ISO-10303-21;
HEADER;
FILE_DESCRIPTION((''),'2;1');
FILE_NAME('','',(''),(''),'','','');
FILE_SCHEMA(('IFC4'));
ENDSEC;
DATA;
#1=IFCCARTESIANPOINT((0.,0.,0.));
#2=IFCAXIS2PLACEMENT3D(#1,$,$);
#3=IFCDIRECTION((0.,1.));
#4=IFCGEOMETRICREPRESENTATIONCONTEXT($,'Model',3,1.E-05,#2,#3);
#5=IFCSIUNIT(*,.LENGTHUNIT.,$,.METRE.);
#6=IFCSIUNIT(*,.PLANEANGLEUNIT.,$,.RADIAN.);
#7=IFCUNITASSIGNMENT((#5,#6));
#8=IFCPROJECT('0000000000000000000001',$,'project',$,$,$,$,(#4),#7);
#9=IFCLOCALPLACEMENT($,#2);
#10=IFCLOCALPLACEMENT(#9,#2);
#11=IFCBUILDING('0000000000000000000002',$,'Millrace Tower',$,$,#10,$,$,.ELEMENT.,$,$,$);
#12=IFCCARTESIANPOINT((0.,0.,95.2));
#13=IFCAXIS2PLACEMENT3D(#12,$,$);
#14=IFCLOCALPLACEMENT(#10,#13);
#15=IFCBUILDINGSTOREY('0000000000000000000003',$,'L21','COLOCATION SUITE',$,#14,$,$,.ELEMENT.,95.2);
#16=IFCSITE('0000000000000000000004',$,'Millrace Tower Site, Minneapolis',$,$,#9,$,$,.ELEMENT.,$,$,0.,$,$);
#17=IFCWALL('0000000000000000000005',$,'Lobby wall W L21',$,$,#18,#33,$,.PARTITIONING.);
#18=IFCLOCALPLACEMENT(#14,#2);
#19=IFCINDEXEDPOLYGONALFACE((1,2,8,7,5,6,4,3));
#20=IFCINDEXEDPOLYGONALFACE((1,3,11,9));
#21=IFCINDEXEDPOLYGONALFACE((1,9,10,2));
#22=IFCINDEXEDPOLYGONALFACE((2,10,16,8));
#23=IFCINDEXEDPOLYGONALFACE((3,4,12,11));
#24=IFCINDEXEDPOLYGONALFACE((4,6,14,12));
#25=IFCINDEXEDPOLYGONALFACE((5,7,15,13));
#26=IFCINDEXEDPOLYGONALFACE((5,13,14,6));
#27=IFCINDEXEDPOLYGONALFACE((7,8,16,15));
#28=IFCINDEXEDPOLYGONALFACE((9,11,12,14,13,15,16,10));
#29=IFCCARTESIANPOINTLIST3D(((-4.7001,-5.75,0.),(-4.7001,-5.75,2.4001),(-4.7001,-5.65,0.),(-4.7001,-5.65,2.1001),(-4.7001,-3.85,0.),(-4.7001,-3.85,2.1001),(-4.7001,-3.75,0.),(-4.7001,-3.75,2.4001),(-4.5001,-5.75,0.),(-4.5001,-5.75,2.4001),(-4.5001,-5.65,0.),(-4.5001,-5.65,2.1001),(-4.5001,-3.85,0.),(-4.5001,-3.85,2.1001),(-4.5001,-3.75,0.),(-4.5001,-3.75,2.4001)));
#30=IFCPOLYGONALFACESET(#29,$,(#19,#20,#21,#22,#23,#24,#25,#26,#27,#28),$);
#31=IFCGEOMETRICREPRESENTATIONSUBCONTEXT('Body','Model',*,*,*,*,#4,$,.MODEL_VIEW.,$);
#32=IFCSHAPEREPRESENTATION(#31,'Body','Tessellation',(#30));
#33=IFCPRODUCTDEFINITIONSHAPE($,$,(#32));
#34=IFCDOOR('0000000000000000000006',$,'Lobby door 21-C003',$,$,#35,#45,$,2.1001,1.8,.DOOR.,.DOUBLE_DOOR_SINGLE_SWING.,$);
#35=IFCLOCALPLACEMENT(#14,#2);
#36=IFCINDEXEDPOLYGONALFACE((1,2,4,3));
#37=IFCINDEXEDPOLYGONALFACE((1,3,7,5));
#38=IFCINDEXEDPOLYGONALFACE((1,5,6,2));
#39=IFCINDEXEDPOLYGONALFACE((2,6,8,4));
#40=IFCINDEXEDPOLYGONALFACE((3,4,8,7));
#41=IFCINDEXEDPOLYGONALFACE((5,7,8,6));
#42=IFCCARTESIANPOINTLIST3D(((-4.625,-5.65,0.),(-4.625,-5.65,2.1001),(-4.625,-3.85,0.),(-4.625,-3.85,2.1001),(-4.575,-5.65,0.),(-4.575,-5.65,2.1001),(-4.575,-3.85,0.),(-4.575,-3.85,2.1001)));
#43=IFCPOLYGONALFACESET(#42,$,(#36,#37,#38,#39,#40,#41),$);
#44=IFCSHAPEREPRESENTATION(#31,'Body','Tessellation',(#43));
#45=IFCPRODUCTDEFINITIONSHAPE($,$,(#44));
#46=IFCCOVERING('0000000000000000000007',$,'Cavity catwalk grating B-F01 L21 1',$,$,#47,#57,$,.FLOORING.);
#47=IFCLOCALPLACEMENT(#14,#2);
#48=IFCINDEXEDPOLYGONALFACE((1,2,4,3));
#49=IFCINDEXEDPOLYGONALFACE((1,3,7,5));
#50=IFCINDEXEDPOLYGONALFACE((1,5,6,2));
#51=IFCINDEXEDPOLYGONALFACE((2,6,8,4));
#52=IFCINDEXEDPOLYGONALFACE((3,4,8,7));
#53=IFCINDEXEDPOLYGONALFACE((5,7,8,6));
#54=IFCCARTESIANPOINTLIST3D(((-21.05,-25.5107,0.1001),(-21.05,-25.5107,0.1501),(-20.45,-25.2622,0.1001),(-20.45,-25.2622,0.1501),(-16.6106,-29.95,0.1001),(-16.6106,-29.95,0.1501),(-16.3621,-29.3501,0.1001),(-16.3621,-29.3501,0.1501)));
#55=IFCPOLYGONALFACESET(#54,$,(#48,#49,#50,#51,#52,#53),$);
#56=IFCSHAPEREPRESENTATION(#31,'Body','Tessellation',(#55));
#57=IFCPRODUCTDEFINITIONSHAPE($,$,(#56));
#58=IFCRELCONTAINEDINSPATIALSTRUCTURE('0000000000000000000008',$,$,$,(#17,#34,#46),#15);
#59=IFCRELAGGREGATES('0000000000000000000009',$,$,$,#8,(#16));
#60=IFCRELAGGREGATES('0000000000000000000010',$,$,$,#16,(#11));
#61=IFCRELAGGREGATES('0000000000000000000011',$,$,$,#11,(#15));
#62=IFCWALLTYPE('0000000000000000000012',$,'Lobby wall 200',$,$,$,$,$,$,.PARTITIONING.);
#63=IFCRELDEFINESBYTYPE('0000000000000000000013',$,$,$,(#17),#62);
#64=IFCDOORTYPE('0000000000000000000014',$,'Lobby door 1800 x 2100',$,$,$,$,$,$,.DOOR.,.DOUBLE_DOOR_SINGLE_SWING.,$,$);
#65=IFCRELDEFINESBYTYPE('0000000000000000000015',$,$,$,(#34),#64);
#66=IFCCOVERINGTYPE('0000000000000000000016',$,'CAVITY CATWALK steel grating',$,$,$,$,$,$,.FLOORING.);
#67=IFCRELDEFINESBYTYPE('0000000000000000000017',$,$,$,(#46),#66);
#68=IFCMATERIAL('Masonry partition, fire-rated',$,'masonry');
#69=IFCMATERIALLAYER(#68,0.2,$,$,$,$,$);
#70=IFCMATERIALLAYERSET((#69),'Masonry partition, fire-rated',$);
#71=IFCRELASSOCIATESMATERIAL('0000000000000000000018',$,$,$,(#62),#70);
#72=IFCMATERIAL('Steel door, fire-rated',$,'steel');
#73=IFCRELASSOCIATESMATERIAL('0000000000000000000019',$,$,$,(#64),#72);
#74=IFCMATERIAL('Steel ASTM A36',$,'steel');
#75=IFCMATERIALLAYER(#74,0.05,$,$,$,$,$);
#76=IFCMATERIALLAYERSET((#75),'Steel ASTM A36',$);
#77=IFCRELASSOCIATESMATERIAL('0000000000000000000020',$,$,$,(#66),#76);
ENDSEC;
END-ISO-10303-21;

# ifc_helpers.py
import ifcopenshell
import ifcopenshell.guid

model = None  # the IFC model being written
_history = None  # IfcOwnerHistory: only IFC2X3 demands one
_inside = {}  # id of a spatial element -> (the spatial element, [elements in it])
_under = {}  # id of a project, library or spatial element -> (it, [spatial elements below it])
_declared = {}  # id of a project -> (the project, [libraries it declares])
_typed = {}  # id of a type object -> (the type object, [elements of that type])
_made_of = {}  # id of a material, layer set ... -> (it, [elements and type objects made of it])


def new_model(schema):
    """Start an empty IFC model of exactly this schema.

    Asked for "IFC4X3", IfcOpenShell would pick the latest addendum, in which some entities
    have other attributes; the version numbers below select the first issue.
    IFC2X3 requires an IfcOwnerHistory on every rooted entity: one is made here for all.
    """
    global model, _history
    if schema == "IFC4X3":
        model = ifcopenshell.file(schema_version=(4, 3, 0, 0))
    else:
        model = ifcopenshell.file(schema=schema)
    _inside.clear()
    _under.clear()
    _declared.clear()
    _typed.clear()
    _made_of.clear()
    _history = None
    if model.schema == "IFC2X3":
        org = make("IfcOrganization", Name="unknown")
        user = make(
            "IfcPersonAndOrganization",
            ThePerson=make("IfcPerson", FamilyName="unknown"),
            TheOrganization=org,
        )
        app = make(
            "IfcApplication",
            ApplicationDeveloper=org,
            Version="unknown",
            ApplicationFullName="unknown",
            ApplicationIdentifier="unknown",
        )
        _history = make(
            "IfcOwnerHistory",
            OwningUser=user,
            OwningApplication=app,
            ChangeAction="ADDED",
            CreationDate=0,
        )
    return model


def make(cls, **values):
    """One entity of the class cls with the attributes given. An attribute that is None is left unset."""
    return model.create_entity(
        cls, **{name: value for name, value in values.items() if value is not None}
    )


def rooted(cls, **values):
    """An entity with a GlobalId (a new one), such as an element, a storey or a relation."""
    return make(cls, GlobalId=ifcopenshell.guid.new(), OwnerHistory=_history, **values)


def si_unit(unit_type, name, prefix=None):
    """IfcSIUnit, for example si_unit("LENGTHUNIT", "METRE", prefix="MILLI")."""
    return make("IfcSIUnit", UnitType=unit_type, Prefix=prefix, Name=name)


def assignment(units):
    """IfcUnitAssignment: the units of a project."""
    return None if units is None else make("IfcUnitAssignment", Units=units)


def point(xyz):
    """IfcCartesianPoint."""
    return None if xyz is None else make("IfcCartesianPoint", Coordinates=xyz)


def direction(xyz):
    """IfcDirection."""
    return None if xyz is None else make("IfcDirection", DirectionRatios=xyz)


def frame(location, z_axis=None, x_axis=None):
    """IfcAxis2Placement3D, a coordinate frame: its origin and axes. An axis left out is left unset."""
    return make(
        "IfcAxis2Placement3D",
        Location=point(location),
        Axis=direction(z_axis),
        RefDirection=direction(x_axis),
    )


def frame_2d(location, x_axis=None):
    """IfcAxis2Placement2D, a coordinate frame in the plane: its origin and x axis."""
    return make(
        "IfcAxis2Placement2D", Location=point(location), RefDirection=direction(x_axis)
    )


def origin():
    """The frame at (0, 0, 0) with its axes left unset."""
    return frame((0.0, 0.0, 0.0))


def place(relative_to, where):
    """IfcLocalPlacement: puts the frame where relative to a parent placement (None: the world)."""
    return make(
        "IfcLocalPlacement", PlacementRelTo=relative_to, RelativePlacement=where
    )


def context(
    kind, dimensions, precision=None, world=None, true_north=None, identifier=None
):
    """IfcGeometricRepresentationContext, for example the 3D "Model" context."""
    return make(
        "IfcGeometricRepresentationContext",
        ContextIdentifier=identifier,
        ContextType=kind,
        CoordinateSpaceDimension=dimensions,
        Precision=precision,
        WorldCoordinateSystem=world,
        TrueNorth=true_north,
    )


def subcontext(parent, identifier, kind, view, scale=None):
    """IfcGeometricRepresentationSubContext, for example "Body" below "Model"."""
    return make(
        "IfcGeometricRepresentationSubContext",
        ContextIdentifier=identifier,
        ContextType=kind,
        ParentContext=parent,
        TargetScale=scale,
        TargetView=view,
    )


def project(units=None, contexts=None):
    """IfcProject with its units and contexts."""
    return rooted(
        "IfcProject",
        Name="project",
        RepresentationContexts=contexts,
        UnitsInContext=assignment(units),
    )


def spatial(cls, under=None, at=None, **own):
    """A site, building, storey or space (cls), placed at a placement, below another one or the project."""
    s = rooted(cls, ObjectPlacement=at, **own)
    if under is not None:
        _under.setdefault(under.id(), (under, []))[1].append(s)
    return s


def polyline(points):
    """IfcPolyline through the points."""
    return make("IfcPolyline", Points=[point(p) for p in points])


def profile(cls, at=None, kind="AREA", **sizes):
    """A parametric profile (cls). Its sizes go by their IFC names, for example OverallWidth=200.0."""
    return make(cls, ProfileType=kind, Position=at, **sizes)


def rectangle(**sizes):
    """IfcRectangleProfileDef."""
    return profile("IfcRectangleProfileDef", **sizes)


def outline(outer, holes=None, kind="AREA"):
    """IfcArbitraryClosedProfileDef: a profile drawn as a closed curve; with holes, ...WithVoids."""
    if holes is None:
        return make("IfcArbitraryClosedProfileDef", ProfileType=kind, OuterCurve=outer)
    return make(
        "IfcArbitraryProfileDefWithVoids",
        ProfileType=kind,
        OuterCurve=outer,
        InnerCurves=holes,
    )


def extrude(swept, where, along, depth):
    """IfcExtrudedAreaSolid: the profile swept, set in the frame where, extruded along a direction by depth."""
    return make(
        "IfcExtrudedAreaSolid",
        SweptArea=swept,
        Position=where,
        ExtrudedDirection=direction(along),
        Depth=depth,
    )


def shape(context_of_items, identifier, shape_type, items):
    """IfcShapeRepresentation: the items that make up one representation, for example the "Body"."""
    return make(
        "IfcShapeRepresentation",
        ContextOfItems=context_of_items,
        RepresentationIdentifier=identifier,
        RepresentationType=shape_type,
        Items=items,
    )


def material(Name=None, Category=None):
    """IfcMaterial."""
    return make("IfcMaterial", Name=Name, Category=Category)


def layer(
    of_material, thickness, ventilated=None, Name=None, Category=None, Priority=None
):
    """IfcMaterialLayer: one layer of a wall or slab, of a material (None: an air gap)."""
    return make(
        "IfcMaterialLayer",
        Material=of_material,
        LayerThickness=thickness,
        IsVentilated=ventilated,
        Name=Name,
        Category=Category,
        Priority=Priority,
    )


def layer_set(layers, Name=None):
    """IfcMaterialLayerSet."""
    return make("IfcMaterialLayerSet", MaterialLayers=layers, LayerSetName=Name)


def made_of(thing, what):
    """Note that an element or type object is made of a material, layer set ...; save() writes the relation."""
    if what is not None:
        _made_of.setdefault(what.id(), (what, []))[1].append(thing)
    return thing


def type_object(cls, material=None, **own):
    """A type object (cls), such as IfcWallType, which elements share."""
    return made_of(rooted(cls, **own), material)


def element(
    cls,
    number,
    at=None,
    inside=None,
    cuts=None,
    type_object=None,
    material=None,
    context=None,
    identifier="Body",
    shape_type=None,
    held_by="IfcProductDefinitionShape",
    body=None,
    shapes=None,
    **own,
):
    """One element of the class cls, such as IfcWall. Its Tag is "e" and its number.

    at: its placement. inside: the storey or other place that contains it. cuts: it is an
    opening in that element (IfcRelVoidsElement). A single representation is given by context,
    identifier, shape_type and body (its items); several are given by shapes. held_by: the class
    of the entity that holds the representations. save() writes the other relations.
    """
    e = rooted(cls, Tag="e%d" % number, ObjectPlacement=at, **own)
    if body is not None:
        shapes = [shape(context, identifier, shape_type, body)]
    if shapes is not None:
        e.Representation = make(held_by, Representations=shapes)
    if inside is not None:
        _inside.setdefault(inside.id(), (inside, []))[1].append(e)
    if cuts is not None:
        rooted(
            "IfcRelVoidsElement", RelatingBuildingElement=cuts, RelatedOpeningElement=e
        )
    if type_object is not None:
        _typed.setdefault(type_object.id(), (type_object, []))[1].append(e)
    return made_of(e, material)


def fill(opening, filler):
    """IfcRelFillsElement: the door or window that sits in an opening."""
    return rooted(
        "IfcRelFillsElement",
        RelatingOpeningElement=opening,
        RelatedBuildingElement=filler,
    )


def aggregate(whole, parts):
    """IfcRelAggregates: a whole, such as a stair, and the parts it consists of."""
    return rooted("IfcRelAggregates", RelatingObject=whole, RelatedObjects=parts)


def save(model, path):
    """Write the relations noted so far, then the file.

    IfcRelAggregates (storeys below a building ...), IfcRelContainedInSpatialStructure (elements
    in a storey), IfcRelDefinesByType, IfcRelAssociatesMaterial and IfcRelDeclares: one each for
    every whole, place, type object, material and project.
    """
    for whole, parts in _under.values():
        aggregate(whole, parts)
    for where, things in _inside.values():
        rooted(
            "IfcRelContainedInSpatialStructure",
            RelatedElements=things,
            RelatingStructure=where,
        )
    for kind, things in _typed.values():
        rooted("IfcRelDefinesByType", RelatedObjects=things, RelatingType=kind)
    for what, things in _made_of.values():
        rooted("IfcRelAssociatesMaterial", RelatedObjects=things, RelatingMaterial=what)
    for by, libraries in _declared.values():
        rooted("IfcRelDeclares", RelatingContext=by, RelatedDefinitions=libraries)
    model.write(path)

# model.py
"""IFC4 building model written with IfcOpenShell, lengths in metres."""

from ifc_helpers import new_model, si_unit, direction, frame, frame_2d, origin, place, context, subcontext, project, spatial, polyline, rectangle, outline, extrude, material, layer, layer_set, type_object, element, fill, save


model = new_model("IFC4")

# Units and contexts
model_context = context("Model", 3, precision=1e-05, world=origin(), true_north=direction((0.0, 1.0)))
body_context = subcontext(model_context, "Body", "Model", "MODEL_VIEW")
ifc_project = project(units=[si_unit("LENGTHUNIT", "METRE"), si_unit("PLANEANGLEUNIT", "RADIAN")], contexts=[model_context])

# Site, building, storey
site_placement = place(None, origin())
site = spatial("IfcSite", under=ifc_project, at=site_placement, Name="Millrace Tower Site, Minneapolis", CompositionType="ELEMENT", RefElevation=0.0)
building_placement = place(site_placement, origin())
building = spatial("IfcBuilding", under=site, at=building_placement, Name="Millrace Tower", CompositionType="ELEMENT")
storey_placement = place(building_placement, frame((0.0, 0.0, 95.2)))
storey = spatial("IfcBuildingStorey", under=building, at=storey_placement, Name="L21", Description="COLOCATION SUITE", CompositionType="ELEMENT", Elevation=95.2)

# Wall, opening, door
ifc_material_1 = material(Name="Masonry partition, fire-rated", Category="masonry")
ifc_layer_1 = layer(ifc_material_1, 0.2)
ifc_layer_set_1 = layer_set([ifc_layer_1], Name="Masonry partition, fire-rated")
wall_type_1 = type_object("IfcWallType", Name="Lobby wall 200", PredefinedType="PARTITIONING", material=ifc_layer_set_1)
wall_1_placement = place(storey_placement, frame((-4.6001, -5.75, 0.0), z_axis=(0.0, 0.0, 1.0), x_axis=(0.0, 1.0, 0.0)))
wall_1 = element("IfcWall", 1, at=wall_1_placement, inside=storey, type_object=wall_type_1, Name="Lobby wall W L21", PredefinedType="PARTITIONING", context=body_context, shape_type="SweptSolid", body=[
    extrude(rectangle(XDim=2.0, YDim=0.2, at=frame_2d((1.0, 0.0))), origin(), (0.0, 0.0, 1.0), 2.4001),
])
opening_1_placement = place(wall_1_placement, frame((0.1001, 0.0, 0.0)))
opening_1 = element("IfcOpeningElement", 2, at=opening_1_placement, cuts=wall_1, PredefinedType="OPENING", context=body_context, shape_type="SweptSolid", body=[
    extrude(rectangle(XDim=1.8, YDim=2.1001, at=frame_2d((0.8999, 1.05))), frame((0.0, 0.1099, 0.0), z_axis=(0.0, -1.0, 0.0), x_axis=(1.0, 0.0, 0.0)), (0.0, 0.0, 1.0), 0.22),
])
ifc_material_2 = material(Name="Steel door, fire-rated", Category="steel")
door_type_1 = type_object("IfcDoorType", Name="Lobby door 1800 x 2100", OperationType="DOUBLE_DOOR_SINGLE_SWING", PredefinedType="DOOR", material=ifc_material_2)
door_1_placement = place(opening_1_placement, origin())
door_1 = element("IfcDoor", 3, at=door_1_placement, inside=storey, type_object=door_type_1, Name="Lobby door 21-C003", OperationType="DOUBLE_DOOR_SINGLE_SWING", OverallHeight=2.1001, OverallWidth=1.8, PredefinedType="DOOR", context=body_context, shape_type="SweptSolid", body=[
    extrude(rectangle(XDim=1.8, YDim=2.1001, at=frame_2d((0.8999, 1.05))), frame((0.0, 0.0249, 0.0), z_axis=(0.0, -1.0, 0.0), x_axis=(1.0, 0.0, 0.0)), (0.0, 0.0, 1.0), 0.05),
])
fill(opening_1, door_1)

# Covering
ifc_material_3 = material(Name="Steel ASTM A36", Category="steel")
ifc_layer_2 = layer(ifc_material_3, 0.05)
ifc_layer_set_2 = layer_set([ifc_layer_2], Name="Steel ASTM A36")
covering_type = type_object("IfcCoveringType", Name="CAVITY CATWALK steel grating", PredefinedType="FLOORING", material=ifc_layer_set_2)
covering_placement = place(storey_placement, frame((0.0, 0.0, 0.1001)))
element("IfcCovering", 4, at=covering_placement, inside=storey, type_object=covering_type, Name="Cavity catwalk grating B-F01 L21 1", PredefinedType="FLOORING", context=body_context, shape_type="SweptSolid", body=[
    extrude(outline(polyline([(-21.05, -25.5107), (-16.6106, -29.95), (-16.3621, -29.3501), (-20.45, -25.2622), (-21.05, -25.5107)])), origin(), (0.0, 0.0, 1.0), 0.05),
])

save(model, "model.ifc")
